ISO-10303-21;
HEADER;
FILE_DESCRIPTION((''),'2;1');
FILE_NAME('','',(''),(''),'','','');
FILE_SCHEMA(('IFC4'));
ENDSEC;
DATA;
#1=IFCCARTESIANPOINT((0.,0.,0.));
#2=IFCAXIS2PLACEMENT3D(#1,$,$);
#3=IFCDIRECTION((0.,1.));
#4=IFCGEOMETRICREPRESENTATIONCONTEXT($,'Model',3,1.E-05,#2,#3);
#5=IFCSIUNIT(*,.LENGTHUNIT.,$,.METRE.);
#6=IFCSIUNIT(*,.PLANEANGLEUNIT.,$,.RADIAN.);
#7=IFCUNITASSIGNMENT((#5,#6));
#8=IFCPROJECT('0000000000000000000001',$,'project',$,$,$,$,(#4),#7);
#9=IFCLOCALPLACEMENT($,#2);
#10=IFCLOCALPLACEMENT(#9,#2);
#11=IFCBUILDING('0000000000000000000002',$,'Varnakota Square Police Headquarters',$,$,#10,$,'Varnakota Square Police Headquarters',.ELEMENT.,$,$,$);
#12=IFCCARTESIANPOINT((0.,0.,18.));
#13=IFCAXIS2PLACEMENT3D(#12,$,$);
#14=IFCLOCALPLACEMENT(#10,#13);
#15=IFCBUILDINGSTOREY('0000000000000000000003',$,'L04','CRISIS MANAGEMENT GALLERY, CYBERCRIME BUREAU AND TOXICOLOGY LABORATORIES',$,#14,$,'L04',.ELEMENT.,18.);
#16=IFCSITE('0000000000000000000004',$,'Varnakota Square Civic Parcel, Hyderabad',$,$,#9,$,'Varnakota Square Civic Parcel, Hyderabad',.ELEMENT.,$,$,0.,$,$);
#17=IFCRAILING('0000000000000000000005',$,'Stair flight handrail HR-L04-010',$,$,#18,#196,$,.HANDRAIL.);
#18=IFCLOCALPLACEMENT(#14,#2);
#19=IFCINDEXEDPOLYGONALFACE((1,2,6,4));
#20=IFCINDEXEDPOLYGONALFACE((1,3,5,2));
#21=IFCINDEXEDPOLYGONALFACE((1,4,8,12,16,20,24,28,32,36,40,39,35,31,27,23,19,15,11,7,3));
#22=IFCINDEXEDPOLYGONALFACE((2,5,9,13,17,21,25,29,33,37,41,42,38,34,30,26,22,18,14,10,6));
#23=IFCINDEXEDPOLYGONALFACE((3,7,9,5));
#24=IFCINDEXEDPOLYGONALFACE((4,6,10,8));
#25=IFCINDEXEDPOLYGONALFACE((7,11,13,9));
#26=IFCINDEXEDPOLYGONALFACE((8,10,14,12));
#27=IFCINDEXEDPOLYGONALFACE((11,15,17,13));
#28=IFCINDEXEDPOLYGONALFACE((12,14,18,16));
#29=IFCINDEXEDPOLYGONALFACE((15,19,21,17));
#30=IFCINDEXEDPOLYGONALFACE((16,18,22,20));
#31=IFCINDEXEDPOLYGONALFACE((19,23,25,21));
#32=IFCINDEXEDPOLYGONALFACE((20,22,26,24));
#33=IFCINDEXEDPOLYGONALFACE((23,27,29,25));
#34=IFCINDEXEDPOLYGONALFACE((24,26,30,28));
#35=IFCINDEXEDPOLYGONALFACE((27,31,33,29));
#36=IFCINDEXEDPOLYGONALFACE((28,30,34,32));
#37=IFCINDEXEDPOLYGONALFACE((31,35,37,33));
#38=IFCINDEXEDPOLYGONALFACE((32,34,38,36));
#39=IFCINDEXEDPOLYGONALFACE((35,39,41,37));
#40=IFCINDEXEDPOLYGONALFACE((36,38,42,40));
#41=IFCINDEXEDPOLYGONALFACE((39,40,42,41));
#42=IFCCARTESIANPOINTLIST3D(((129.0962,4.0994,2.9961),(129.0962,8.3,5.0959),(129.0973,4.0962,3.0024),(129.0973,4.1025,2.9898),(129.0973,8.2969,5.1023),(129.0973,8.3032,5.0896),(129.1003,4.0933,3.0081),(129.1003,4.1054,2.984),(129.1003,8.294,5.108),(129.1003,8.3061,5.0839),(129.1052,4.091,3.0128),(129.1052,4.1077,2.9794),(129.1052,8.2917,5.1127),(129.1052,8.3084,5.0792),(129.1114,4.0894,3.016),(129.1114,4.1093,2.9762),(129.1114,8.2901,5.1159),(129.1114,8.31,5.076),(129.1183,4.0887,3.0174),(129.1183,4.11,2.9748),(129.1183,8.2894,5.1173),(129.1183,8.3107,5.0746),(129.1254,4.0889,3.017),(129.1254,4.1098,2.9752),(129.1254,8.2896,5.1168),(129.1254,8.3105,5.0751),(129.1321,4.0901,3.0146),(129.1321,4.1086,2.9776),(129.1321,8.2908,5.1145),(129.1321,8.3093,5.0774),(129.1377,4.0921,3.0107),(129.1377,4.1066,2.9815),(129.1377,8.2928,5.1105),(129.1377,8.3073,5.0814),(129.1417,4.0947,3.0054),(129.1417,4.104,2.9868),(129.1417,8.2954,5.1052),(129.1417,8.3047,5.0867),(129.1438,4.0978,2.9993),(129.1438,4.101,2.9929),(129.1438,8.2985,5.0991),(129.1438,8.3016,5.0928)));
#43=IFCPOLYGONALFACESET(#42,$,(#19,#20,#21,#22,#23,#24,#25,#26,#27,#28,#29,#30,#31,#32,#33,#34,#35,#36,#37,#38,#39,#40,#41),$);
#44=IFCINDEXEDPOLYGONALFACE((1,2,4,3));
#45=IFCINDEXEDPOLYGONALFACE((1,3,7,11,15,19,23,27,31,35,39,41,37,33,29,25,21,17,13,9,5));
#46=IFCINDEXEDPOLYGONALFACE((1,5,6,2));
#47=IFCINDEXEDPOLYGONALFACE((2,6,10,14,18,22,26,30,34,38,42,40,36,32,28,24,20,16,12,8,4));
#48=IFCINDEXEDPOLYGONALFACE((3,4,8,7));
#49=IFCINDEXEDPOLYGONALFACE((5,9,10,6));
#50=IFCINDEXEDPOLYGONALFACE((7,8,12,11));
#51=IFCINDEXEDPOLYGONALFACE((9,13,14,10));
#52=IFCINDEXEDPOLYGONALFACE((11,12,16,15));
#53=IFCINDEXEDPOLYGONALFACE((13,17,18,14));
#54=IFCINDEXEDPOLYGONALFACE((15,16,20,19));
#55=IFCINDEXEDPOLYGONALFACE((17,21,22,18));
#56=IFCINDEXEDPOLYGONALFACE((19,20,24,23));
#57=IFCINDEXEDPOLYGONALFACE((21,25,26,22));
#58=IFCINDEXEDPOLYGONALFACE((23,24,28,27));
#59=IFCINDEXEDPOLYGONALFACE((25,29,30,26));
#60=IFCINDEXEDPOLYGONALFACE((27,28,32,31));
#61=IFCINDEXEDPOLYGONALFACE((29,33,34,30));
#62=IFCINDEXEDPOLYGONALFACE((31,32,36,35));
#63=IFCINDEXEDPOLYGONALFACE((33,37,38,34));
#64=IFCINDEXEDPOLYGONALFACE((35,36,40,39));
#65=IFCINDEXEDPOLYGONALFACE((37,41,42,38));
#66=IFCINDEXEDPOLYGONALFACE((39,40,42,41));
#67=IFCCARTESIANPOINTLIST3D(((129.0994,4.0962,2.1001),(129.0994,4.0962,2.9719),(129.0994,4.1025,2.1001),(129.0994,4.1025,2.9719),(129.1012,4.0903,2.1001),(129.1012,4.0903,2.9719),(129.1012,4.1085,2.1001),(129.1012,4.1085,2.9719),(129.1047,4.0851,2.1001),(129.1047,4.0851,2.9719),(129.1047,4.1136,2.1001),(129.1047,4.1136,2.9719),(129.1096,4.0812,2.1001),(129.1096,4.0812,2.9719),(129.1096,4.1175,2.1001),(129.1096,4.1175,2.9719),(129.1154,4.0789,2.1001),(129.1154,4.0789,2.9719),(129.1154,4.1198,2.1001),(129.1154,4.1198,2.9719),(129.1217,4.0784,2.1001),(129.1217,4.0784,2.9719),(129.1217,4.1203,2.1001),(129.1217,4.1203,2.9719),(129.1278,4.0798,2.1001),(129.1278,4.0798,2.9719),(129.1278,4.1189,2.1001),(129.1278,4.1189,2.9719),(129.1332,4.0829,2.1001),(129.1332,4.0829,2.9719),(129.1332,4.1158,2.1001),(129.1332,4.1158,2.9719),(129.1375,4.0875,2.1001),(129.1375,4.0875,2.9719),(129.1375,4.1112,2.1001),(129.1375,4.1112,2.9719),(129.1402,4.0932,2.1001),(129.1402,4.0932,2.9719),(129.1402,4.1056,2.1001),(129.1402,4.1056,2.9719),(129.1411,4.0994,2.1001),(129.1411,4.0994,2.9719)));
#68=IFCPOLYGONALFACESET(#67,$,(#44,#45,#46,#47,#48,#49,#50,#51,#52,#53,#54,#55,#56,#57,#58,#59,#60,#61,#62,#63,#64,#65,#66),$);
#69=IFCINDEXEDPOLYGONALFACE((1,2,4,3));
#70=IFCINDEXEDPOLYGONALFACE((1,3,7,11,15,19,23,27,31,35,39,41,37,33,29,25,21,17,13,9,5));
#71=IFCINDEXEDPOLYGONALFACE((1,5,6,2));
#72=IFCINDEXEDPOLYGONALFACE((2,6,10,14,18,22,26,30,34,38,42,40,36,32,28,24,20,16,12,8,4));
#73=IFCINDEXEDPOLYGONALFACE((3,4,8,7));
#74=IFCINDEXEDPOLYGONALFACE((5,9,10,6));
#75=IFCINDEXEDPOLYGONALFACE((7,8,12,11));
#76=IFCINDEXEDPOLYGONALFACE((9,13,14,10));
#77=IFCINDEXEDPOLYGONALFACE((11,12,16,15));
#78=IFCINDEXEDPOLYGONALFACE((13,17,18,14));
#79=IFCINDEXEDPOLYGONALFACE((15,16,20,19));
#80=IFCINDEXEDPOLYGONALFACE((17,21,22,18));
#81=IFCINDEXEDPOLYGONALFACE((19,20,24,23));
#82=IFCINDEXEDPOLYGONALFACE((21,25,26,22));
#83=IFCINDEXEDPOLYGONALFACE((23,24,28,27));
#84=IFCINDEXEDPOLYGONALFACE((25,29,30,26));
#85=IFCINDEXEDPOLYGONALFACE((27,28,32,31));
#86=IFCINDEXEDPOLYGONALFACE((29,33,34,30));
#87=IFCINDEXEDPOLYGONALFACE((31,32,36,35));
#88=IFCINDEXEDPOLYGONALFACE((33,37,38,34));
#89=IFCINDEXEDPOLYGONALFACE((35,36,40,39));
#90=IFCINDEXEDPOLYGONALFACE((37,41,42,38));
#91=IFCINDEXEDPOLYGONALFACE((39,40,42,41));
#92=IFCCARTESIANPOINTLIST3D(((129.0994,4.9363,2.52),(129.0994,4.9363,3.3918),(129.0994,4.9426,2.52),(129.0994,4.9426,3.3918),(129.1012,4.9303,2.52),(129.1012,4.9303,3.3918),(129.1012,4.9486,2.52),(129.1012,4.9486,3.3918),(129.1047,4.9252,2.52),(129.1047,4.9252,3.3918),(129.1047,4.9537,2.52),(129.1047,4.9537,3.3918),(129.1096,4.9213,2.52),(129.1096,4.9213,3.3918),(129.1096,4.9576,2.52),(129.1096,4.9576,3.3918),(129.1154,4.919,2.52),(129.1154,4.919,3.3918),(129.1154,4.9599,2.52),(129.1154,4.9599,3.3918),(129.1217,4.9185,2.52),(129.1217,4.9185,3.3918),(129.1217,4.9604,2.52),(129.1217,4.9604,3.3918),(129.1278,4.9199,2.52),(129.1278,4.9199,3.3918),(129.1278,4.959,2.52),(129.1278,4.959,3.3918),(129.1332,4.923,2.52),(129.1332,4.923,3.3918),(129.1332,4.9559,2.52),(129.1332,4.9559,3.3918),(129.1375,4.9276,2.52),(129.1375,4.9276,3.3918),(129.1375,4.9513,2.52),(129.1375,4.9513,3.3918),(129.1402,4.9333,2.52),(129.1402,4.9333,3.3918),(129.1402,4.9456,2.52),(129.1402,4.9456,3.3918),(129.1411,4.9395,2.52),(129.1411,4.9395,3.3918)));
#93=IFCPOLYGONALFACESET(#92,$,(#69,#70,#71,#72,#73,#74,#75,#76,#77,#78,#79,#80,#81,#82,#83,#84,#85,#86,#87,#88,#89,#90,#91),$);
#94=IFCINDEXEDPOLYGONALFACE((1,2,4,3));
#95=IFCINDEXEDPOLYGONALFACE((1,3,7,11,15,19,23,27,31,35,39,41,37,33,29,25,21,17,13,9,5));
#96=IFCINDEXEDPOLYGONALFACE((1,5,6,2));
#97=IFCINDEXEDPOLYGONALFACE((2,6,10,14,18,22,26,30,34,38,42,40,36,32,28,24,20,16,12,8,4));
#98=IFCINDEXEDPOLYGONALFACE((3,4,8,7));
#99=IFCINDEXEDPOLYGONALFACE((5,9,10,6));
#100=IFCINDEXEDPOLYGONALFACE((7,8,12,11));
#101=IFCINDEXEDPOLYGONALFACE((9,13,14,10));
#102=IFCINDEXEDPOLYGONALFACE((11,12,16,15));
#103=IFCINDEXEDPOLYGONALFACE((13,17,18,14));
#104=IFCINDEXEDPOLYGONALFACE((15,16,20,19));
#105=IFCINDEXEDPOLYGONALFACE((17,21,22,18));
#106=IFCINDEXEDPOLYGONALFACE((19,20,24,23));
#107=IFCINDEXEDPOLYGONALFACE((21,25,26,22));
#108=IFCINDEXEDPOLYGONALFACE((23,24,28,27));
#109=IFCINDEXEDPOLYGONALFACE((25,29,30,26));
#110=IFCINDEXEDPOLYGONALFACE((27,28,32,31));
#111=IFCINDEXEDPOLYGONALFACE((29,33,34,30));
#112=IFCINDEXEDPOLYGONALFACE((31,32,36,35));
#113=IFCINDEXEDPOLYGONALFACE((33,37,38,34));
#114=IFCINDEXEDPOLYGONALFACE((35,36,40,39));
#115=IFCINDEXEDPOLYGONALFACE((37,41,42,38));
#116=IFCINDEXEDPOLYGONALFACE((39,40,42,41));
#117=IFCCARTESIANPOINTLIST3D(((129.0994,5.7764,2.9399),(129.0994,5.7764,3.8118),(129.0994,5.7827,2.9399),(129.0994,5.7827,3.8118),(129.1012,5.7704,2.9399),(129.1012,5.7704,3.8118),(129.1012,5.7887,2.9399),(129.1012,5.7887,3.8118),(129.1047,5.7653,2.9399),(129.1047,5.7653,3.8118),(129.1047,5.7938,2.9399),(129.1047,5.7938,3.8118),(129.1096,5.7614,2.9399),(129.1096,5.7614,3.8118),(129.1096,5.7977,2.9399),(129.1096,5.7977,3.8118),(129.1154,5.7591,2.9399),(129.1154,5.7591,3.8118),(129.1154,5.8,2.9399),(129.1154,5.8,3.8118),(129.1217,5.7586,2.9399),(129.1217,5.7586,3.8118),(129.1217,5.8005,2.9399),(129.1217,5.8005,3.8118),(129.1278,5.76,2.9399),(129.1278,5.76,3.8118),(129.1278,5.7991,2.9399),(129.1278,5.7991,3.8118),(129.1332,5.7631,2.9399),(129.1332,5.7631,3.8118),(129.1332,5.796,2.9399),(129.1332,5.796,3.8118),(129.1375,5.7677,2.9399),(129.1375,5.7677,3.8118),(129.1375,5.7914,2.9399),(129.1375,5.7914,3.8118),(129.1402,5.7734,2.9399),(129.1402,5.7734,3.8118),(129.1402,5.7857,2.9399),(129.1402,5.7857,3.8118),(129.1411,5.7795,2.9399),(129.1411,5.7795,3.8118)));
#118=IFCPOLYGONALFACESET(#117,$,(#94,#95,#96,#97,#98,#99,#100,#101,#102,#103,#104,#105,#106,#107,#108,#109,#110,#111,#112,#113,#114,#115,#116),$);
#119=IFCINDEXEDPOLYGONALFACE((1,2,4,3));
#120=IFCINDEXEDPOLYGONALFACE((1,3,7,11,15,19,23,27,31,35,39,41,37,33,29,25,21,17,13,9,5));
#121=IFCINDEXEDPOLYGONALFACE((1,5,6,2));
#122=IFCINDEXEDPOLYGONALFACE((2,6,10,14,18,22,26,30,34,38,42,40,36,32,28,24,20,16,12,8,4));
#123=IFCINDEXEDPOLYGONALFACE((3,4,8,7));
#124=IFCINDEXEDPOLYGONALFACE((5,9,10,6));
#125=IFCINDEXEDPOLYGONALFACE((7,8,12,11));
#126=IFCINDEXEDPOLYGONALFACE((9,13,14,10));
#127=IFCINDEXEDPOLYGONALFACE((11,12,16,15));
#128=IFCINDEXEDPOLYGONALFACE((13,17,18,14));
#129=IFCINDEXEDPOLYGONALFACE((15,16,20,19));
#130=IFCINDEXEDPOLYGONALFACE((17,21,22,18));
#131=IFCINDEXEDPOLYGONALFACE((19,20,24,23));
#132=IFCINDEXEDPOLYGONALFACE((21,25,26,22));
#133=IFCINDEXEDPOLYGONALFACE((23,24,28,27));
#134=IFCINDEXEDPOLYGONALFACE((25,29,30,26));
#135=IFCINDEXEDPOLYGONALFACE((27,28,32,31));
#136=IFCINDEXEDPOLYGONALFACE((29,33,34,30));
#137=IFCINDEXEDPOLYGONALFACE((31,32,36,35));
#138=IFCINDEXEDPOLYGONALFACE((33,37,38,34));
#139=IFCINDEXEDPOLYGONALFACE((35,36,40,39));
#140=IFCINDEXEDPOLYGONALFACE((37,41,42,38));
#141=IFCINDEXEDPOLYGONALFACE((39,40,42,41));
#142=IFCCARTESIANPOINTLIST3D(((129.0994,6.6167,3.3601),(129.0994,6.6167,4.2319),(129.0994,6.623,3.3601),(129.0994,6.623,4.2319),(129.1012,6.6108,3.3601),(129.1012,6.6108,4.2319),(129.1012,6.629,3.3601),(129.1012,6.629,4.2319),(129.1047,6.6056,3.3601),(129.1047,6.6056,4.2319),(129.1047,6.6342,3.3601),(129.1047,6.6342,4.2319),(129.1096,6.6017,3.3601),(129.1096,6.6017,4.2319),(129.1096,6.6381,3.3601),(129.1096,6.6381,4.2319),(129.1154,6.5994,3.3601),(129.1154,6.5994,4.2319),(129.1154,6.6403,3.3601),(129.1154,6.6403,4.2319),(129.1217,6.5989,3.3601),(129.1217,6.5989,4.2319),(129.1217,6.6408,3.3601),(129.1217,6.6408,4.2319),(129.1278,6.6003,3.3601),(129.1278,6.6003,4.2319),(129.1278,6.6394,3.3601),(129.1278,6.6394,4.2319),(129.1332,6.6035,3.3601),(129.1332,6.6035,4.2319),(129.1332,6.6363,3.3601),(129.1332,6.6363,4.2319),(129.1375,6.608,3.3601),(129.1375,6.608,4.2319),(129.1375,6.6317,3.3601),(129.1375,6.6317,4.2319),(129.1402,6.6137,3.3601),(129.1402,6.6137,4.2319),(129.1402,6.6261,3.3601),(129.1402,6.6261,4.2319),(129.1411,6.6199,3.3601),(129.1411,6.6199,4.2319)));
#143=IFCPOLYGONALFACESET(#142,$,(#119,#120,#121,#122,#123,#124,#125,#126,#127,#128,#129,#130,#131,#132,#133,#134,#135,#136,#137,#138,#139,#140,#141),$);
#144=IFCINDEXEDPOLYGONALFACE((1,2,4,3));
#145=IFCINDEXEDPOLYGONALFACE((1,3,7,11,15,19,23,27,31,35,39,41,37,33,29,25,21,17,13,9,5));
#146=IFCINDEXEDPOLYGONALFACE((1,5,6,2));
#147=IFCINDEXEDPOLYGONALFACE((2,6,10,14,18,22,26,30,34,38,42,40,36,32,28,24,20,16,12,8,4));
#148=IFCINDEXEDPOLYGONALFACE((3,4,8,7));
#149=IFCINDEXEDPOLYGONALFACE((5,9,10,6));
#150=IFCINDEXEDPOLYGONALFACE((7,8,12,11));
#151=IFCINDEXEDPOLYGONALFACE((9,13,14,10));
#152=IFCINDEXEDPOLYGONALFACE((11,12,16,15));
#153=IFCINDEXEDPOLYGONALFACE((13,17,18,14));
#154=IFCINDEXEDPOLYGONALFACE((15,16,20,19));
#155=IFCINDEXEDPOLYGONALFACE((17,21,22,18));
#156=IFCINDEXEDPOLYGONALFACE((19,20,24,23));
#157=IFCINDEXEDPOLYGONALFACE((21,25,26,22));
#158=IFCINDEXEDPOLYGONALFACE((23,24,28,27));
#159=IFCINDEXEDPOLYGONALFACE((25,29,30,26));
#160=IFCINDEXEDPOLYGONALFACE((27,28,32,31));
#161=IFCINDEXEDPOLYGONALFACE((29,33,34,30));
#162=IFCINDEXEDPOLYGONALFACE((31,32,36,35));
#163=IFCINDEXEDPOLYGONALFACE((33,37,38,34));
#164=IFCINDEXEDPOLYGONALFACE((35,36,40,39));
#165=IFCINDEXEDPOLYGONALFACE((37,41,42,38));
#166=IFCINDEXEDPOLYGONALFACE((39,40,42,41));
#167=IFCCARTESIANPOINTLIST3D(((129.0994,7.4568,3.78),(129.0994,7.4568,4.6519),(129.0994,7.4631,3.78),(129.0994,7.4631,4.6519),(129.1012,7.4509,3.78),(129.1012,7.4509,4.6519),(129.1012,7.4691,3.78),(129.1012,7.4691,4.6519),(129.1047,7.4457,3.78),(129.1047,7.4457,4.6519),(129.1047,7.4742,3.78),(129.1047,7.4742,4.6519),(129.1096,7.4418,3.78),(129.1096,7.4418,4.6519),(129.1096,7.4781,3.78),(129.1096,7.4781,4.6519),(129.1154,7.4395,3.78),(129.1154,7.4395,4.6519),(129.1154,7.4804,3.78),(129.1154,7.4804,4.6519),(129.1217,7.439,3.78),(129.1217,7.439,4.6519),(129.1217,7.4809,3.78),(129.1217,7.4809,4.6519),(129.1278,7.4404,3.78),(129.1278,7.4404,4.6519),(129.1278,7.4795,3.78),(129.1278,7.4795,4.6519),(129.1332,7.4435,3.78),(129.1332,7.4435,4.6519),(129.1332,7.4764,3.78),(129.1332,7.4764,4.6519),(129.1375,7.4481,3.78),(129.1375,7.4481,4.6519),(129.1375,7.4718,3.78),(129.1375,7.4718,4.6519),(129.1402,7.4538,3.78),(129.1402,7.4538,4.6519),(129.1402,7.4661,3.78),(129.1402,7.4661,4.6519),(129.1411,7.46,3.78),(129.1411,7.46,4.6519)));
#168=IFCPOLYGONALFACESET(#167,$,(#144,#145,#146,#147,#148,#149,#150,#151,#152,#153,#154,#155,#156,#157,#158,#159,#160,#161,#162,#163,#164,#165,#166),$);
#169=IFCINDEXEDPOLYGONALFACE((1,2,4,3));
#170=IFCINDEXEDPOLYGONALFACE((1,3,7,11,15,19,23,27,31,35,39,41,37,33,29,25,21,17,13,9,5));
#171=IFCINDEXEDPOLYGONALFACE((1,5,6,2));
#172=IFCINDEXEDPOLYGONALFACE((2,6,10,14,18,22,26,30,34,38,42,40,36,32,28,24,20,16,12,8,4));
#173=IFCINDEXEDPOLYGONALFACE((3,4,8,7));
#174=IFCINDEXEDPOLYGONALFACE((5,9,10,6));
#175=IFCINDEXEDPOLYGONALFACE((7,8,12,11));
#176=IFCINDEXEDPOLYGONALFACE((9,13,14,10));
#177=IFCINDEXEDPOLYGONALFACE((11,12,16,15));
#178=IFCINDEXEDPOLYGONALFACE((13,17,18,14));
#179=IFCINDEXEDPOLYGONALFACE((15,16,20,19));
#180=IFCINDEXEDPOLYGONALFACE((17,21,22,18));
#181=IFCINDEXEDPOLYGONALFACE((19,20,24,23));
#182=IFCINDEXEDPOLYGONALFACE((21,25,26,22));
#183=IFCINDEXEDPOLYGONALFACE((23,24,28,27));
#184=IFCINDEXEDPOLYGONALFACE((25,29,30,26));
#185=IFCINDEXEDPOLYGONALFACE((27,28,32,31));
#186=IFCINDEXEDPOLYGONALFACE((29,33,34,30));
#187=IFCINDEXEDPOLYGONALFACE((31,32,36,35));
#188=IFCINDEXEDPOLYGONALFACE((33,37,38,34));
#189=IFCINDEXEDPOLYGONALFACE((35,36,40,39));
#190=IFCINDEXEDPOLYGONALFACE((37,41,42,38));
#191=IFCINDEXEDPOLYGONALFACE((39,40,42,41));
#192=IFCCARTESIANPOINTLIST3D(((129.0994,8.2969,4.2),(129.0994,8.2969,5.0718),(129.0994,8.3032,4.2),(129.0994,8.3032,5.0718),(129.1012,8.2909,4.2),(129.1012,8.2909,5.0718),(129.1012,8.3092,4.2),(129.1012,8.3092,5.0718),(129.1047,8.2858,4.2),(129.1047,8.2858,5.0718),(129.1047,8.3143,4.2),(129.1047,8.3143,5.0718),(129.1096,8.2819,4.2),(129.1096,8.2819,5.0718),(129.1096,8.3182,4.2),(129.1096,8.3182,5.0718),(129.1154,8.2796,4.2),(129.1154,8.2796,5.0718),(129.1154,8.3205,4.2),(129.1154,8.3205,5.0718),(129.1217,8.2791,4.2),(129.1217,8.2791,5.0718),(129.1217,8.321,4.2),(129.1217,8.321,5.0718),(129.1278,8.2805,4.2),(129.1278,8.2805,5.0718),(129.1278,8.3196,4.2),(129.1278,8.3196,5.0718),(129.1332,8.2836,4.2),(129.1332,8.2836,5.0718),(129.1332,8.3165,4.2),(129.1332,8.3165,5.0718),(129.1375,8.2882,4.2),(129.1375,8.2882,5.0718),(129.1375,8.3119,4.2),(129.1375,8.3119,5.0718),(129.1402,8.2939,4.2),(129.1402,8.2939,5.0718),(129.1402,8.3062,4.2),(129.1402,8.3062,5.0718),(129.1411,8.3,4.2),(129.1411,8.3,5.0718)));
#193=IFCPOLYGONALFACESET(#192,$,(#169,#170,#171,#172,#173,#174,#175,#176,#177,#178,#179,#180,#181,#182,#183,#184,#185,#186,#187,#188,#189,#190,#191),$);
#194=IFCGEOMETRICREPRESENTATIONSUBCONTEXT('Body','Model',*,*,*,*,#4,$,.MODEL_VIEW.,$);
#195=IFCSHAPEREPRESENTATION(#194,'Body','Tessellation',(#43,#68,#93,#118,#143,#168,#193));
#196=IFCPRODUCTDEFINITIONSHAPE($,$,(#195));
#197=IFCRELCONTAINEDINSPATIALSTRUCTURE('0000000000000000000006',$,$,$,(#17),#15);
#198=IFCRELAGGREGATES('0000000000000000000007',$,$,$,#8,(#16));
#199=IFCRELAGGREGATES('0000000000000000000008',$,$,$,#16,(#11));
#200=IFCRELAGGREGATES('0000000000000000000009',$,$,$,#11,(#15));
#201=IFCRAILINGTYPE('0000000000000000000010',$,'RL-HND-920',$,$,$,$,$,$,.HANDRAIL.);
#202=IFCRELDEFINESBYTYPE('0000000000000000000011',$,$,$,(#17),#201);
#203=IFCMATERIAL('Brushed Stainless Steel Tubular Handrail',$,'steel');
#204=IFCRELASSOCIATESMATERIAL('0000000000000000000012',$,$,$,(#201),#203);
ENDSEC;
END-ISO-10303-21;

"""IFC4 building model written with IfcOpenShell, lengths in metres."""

from ifc_helpers import new_model, si_unit, direction, frame, origin, origin_2d, place, context, subcontext, project, spatial, circle, extrude, material, type_object, element, save


model = new_model("IFC4")

# Units and contexts
model_context = context("Model", 3, precision=1e-05, world=origin(), true_north=direction((0.0, 1.0)))
body_context = subcontext(model_context, "Body", "Model", "MODEL_VIEW")
ifc_project = project(units=[si_unit("LENGTHUNIT", "METRE"), si_unit("PLANEANGLEUNIT", "RADIAN")], contexts=[model_context])

# Site, building, storey
site_placement = place(None, origin())
site = spatial("IfcSite", under=ifc_project, at=site_placement, Name="Varnakota Square Civic Parcel, Hyderabad", LongName="Varnakota Square Civic Parcel, Hyderabad", CompositionType="ELEMENT", RefElevation=0.0)
building_placement = place(site_placement, origin())
building = spatial("IfcBuilding", under=site, at=building_placement, Name="Varnakota Square Police Headquarters", LongName="Varnakota Square Police Headquarters", CompositionType="ELEMENT")
storey_placement = place(building_placement, frame((0.0, 0.0, 18.0)))
storey = spatial("IfcBuildingStorey", under=building, at=storey_placement, Name="L04", Description="CRISIS MANAGEMENT GALLERY, CYBERCRIME BUREAU AND TOXICOLOGY LABORATORIES", LongName="L04", CompositionType="ELEMENT", Elevation=18.0)

# Railing
ifc_material_1 = material(Name="Brushed Stainless Steel Tubular Handrail", Category="steel")
railing_type_1 = type_object("IfcRailingType", Name="RL-HND-920", PredefinedType="HANDRAIL", material=ifc_material_1)
railing_1_placement = place(storey_placement, frame((129.1201, 4.0994, 2.1001)))
element("IfcRailing", 1, at=railing_1_placement, inside=storey, type_object=railing_type_1, Name="Stair flight handrail HR-L04-010", PredefinedType="HANDRAIL", context=body_context, shape_type="SweptSolid", body=[
    extrude(circle(Radius=0.0239, at=origin_2d()), frame((0.0, 0.0, 0.896), z_axis=(0.0, 0.894469, 0.44713), x_axis=(-1.0, 0.0, 0.0)), (0.0, 0.0, 1.0), 4.6963),
    extrude(circle(Radius=0.021, at=origin_2d()), origin(), (0.0, 0.0, 1.0), 0.8718),
    extrude(circle(Radius=0.021, at=origin_2d()), frame((0.0, 0.8401, 0.4199)), (0.0, 0.0, 1.0), 0.8718),
    extrude(circle(Radius=0.021, at=origin_2d()), frame((0.0, 1.6802, 0.8398)), (0.0, 0.0, 1.0), 0.8718),
    extrude(circle(Radius=0.021, at=origin_2d()), frame((0.0, 2.5205, 1.26)), (0.0, 0.0, 1.0), 0.8718),
    extrude(circle(Radius=0.021, at=origin_2d()), frame((0.0, 3.3606, 1.6799)), (0.0, 0.0, 1.0), 0.8718),
    extrude(circle(Radius=0.021, at=origin_2d()), frame((0.0, 4.2007, 2.0999)), (0.0, 0.0, 1.0), 0.8718),
])

save(model, "model.ifc")
